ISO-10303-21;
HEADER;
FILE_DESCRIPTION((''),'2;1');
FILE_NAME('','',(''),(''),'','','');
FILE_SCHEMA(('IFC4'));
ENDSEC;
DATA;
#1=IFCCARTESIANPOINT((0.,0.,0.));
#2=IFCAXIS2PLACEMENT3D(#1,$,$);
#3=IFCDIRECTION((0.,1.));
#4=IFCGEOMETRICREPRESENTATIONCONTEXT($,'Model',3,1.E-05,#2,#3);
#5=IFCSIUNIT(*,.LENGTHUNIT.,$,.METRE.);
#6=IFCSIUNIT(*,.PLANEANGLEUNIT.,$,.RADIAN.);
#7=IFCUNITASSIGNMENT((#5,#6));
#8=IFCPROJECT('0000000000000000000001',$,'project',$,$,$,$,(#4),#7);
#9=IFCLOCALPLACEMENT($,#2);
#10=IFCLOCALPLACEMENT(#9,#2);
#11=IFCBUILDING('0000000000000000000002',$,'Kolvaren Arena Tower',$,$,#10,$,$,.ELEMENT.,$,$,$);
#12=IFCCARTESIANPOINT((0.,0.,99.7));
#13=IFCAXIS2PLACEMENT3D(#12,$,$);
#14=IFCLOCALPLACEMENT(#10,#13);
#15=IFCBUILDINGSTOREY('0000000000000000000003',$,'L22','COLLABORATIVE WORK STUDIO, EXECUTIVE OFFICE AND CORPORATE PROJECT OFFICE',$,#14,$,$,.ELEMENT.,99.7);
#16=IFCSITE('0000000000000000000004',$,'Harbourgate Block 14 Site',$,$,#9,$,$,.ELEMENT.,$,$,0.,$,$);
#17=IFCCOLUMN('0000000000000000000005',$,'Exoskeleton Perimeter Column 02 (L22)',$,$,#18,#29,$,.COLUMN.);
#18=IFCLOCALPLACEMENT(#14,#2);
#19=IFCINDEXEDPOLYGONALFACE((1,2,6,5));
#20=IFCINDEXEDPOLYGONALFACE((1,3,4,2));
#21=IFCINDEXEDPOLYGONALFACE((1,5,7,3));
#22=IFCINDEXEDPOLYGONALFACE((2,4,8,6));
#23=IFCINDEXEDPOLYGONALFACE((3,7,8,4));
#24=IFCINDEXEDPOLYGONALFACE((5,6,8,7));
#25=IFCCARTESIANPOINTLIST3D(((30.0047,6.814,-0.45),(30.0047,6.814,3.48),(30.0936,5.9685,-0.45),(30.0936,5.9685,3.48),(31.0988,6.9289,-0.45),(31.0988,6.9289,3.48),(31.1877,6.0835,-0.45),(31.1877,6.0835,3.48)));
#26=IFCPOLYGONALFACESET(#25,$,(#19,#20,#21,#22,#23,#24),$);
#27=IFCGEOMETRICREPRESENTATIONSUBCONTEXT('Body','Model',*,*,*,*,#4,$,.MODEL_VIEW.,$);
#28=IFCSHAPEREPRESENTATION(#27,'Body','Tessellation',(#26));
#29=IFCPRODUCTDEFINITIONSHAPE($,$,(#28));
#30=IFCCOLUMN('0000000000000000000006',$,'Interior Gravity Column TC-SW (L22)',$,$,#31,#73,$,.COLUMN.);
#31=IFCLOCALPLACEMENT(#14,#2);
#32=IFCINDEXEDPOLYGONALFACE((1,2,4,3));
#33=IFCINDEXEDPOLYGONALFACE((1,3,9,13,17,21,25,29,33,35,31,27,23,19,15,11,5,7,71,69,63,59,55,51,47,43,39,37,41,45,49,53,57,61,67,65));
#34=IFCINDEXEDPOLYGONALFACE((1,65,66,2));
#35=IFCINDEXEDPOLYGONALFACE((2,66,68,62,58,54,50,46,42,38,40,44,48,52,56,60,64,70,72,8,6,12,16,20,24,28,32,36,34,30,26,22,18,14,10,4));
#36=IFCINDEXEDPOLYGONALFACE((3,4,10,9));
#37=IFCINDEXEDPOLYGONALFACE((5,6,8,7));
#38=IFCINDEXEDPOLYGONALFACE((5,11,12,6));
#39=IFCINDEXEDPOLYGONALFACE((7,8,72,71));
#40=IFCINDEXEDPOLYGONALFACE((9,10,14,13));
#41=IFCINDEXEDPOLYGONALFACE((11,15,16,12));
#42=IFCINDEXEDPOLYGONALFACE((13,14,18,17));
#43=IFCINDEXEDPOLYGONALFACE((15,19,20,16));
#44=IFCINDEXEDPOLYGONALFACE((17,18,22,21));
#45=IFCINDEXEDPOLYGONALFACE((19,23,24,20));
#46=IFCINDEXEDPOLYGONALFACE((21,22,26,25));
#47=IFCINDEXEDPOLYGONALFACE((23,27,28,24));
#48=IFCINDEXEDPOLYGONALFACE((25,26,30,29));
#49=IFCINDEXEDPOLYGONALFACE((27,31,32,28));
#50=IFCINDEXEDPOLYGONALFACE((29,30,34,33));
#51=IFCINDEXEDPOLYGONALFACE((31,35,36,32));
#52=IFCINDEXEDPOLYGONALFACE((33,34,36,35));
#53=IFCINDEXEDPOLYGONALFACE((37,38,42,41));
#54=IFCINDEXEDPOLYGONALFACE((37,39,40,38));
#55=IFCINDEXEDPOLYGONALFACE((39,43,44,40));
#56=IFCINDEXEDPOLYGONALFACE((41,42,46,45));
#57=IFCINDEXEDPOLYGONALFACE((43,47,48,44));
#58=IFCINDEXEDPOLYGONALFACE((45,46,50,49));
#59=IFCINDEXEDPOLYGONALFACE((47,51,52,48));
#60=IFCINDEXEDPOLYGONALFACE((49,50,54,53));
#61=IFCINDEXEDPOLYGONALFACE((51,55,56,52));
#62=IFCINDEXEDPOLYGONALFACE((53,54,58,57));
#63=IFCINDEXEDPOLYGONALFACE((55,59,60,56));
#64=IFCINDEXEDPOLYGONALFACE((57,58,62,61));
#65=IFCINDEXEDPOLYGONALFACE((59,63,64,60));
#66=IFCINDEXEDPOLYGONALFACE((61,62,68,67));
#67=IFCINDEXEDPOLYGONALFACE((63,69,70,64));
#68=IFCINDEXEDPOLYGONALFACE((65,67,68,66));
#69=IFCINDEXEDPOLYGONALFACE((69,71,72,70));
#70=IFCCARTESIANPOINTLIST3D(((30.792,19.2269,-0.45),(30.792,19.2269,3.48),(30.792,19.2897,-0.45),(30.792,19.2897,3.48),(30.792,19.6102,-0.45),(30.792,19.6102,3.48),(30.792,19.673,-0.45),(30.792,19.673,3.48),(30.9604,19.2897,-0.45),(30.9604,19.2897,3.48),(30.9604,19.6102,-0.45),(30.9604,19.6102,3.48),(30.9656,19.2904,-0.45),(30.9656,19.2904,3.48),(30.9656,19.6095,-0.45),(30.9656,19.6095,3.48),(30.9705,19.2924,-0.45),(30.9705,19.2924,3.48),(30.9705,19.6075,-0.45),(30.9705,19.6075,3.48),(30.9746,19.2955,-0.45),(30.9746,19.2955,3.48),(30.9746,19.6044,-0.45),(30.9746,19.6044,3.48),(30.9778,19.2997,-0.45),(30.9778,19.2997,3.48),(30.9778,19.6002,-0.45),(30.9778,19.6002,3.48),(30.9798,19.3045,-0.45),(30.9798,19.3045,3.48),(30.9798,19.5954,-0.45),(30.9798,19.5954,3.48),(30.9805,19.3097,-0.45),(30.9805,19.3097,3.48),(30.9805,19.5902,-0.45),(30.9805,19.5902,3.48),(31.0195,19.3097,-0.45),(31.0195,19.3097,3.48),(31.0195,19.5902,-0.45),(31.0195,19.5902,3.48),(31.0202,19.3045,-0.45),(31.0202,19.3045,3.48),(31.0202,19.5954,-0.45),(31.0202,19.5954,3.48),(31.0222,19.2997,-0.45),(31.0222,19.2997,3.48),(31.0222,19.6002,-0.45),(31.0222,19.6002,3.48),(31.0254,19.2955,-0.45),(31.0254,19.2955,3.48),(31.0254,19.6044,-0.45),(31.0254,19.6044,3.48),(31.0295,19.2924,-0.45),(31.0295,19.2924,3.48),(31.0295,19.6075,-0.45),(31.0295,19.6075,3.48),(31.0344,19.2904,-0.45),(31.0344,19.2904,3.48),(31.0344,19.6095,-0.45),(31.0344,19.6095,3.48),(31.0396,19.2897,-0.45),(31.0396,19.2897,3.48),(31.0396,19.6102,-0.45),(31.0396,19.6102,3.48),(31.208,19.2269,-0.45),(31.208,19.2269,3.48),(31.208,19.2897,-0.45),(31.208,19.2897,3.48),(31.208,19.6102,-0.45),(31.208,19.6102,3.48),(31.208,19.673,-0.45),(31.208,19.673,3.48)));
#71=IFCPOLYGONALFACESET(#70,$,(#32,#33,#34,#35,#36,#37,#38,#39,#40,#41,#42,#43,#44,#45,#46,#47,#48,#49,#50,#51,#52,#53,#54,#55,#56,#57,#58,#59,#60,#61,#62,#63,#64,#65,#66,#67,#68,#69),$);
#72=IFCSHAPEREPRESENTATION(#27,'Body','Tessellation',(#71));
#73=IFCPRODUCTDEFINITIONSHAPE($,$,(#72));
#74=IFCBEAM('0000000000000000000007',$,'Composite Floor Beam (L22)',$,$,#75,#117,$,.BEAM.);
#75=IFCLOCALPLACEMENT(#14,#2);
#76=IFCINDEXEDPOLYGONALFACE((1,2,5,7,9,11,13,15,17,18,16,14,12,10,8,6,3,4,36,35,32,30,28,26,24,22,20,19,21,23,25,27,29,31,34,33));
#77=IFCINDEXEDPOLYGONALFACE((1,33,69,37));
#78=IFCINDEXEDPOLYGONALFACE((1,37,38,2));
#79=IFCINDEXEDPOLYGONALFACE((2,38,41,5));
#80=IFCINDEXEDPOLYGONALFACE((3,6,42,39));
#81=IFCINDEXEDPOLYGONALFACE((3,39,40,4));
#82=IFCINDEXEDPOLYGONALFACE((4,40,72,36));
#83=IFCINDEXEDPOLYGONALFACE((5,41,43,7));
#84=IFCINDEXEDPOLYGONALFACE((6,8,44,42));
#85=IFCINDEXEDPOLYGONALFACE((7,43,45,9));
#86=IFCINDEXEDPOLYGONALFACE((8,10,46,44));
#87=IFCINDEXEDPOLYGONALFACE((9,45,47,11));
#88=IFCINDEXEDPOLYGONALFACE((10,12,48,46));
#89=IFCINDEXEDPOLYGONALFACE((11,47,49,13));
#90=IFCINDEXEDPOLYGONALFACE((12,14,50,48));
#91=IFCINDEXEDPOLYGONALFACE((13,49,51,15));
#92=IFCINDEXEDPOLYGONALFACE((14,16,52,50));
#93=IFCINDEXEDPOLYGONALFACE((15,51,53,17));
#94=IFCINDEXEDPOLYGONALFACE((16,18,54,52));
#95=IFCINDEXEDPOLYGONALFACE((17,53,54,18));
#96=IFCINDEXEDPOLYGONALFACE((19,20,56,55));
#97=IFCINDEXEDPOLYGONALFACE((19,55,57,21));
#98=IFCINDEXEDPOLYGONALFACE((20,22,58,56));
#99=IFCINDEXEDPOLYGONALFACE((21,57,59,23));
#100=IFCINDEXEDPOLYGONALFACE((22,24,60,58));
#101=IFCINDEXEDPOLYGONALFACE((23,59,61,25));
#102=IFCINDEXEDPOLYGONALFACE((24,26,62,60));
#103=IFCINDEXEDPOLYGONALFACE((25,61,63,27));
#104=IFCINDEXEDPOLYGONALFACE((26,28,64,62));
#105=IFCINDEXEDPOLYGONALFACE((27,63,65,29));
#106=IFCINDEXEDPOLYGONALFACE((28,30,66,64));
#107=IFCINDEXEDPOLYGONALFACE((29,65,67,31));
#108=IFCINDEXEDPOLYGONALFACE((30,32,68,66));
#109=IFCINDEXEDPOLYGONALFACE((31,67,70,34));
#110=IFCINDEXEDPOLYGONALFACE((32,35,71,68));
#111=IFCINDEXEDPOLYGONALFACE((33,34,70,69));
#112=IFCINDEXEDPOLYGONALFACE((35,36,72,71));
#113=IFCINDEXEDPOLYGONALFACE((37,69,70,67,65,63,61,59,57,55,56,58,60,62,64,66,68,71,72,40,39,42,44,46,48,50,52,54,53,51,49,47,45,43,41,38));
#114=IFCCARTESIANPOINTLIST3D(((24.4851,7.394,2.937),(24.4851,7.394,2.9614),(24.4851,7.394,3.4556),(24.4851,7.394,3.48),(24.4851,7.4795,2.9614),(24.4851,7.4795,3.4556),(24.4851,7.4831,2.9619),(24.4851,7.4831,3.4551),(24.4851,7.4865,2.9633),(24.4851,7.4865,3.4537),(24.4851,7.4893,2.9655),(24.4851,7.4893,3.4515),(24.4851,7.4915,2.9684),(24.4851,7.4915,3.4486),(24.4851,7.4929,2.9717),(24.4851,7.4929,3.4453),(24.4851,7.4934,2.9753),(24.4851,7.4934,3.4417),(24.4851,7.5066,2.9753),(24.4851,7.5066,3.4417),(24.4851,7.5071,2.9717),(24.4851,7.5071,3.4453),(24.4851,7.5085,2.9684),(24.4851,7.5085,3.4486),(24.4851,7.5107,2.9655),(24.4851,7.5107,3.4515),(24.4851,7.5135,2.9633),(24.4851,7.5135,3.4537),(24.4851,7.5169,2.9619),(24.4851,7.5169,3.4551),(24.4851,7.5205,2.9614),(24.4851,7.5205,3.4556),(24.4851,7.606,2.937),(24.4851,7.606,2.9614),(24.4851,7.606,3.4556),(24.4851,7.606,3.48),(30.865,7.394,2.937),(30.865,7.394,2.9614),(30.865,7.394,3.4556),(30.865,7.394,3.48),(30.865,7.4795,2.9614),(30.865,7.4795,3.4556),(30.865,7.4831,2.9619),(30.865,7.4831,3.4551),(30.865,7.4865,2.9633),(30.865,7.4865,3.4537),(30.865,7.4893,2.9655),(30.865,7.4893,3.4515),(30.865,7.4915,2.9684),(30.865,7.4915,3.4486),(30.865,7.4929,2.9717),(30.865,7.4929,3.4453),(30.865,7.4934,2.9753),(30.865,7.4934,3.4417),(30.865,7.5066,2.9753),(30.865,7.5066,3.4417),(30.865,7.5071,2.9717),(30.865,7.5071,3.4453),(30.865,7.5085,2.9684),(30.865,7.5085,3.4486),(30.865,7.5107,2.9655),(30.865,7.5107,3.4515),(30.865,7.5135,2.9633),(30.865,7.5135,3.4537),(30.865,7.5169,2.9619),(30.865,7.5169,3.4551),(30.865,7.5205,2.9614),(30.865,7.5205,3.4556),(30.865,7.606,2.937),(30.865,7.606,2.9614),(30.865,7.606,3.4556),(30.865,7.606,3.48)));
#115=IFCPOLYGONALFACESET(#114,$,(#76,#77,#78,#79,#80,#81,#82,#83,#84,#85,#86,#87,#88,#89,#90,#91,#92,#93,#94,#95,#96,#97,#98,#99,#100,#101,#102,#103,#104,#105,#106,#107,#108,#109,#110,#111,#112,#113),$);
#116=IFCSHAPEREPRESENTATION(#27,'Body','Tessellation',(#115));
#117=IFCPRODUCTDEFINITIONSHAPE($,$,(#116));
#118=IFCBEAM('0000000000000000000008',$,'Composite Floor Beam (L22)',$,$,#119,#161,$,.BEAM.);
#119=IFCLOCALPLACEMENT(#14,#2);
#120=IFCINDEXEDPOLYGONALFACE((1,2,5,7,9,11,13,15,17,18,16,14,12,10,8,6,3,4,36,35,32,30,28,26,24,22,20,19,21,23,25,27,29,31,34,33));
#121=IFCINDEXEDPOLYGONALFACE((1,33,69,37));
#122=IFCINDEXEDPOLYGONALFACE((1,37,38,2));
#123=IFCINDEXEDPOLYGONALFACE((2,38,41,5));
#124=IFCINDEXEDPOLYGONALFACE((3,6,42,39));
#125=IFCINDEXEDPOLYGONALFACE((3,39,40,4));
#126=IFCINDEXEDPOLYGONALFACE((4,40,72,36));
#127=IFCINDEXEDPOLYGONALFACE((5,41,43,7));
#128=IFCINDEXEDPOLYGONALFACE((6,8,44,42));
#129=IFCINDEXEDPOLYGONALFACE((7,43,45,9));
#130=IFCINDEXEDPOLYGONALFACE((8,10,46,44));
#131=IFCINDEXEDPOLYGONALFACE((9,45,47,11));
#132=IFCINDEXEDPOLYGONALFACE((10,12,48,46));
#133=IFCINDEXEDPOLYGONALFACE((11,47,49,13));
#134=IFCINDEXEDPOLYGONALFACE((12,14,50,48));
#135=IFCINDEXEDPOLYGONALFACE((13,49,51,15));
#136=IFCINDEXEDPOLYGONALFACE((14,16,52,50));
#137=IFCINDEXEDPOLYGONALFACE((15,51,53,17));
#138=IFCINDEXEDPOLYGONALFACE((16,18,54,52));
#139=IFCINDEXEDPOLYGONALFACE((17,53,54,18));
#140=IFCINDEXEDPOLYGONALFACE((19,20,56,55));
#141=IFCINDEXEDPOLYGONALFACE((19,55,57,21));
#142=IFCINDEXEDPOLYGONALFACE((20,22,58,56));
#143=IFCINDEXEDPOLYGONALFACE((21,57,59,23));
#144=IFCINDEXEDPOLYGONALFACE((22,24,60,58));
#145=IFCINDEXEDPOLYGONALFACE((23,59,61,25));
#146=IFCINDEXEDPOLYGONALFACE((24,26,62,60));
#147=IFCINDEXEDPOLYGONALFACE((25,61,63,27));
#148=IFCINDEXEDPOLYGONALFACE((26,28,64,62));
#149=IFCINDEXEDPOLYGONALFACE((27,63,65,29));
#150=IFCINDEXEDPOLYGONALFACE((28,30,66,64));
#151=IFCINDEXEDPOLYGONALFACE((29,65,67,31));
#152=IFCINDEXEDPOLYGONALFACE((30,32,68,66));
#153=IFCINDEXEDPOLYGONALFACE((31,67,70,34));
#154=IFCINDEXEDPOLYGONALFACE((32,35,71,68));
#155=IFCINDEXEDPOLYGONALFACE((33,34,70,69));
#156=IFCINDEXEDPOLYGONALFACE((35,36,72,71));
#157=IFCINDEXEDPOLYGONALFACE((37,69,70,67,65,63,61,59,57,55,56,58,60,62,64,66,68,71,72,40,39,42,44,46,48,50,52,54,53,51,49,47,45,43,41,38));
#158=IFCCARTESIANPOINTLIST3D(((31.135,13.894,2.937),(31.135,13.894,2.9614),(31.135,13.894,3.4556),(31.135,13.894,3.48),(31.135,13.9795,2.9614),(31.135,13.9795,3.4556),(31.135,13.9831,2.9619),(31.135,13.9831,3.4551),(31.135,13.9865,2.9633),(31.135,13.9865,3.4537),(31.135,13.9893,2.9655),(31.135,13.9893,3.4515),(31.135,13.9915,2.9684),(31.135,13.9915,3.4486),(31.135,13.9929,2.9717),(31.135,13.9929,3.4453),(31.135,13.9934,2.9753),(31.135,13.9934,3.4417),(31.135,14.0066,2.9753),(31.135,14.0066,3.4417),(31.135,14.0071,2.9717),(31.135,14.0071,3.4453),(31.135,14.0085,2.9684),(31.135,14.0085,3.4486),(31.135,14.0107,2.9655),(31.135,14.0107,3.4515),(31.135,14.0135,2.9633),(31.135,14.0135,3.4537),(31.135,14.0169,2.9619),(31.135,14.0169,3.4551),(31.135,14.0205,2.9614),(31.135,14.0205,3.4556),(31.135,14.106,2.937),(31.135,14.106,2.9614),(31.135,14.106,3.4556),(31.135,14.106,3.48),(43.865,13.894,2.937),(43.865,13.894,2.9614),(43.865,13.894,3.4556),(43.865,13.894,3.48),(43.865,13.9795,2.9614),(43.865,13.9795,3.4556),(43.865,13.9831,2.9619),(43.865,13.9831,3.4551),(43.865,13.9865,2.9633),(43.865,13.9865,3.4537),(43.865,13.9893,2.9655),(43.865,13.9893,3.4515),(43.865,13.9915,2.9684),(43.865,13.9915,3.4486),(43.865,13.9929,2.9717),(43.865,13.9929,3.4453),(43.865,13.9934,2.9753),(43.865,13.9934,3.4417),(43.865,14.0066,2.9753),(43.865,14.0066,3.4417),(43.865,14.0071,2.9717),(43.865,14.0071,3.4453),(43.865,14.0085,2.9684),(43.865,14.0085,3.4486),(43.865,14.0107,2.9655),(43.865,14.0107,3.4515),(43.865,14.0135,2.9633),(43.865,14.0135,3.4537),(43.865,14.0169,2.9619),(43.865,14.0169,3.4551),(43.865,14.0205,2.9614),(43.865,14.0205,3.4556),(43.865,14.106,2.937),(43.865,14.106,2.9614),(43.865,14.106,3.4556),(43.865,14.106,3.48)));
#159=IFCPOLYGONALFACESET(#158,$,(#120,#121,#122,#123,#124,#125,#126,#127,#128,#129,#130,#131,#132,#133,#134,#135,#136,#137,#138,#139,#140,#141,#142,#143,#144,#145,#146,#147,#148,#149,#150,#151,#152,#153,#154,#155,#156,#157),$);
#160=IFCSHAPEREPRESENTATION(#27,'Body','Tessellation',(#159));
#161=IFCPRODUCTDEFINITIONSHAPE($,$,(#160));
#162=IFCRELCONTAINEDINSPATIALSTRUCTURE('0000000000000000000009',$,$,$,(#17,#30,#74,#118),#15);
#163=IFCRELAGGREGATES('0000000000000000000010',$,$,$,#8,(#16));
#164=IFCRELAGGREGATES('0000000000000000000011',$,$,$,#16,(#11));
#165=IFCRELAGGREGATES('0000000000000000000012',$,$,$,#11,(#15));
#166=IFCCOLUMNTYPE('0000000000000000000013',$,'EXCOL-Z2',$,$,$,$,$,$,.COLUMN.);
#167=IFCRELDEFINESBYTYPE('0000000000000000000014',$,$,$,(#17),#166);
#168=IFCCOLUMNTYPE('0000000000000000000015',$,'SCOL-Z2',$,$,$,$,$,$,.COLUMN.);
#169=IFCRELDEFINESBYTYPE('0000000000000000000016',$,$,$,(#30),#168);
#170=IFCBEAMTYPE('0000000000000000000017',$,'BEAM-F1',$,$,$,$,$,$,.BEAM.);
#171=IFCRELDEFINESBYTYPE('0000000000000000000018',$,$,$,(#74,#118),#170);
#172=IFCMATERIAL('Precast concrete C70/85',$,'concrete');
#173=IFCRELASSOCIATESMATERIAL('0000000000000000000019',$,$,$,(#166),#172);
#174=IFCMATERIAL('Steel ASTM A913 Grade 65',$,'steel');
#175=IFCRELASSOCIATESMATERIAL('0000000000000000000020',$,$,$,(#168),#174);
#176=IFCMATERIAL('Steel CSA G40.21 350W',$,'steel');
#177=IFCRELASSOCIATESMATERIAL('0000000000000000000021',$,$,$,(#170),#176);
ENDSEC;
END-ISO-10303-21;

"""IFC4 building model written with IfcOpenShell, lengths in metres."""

from ifc_helpers import new_model, si_unit, direction, frame, origin, origin_2d, place, context, subcontext, project, spatial, rectangle, i_section, extrude, material, material_profile, profile_set, type_object, element, save


model = new_model("IFC4")

# Units and contexts
model_context = context("Model", 3, precision=1e-05, world=origin(), true_north=direction((0.0, 1.0)))
body_context = subcontext(model_context, "Body", "Model", "MODEL_VIEW")
ifc_project = project(units=[si_unit("LENGTHUNIT", "METRE"), si_unit("PLANEANGLEUNIT", "RADIAN")], contexts=[model_context])

# Site, building, storey
site_placement = place(None, origin())
site = spatial("IfcSite", under=ifc_project, at=site_placement, Name="Harbourgate Block 14 Site", CompositionType="ELEMENT", RefElevation=0.0)
building_placement = place(site_placement, origin())
building = spatial("IfcBuilding", under=site, at=building_placement, Name="Kolvaren Arena Tower", CompositionType="ELEMENT")
storey_placement = place(building_placement, frame((0.0, 0.0, 99.7)))
storey = spatial("IfcBuildingStorey", under=building, at=storey_placement, Name="L22", Description="COLLABORATIVE WORK STUDIO, EXECUTIVE OFFICE AND CORPORATE PROJECT OFFICE", CompositionType="ELEMENT", Elevation=99.7)

# Columns
ifc_material_1 = material(Name="Precast concrete C70/85", Category="concrete")
ifc_material_profile_1 = material_profile(ifc_material_1, rectangle(XDim=1.1001, YDim=0.8501, at=origin_2d()), Name="RC-1100x850")
ifc_profile_set_1 = profile_set([ifc_material_profile_1], Name="Precast concrete C70/85")
column_type_1 = type_object("IfcColumnType", Name="EXCOL-Z2", PredefinedType="COLUMN", material=ifc_profile_set_1)
column_1_placement = place(storey_placement, frame((30.5962, 6.4487, -0.45), z_axis=(0.0, 0.0, 1.0), x_axis=(0.994522, 0.104528, 0.0)))
element("IfcColumn", 1, at=column_1_placement, inside=storey, type_object=column_type_1, Name="Exoskeleton Perimeter Column 02 (L22)", PredefinedType="COLUMN", context=body_context, shape_type="SweptSolid", body=[
    extrude(rectangle(XDim=1.1001, YDim=0.8501, at=origin_2d()), origin(), (0.0, 0.0, 1.0), 3.9299),
])
ifc_material_2 = material(Name="Steel ASTM A913 Grade 65", Category="steel")
ifc_material_profile_2 = material_profile(ifc_material_2, i_section(OverallWidth=0.416, OverallDepth=0.446, WebThickness=0.0391, FlangeThickness=0.0627, FilletRadius=0.02, at=origin_2d()), Name="W360x509")
ifc_profile_set_2 = profile_set([ifc_material_profile_2], Name="Steel ASTM A913 Grade 65")
column_type_2 = type_object("IfcColumnType", Name="SCOL-Z2", PredefinedType="COLUMN", material=ifc_profile_set_2)
column_2_placement = place(storey_placement, frame((31.0, 19.45, -0.45), z_axis=(0.0, 0.0, 1.0), x_axis=(1.0, 0.0, 0.0)))
element("IfcColumn", 2, at=column_2_placement, inside=storey, type_object=column_type_2, Name="Interior Gravity Column TC-SW (L22)", PredefinedType="COLUMN", context=body_context, shape_type="SweptSolid", body=[
    extrude(i_section(OverallWidth=0.416, OverallDepth=0.446, WebThickness=0.0391, FlangeThickness=0.0627, FilletRadius=0.02, at=origin_2d()), origin(), (0.0, 0.0, 1.0), 3.9299),
])

# Beams
ifc_material_3 = material(Name="Steel CSA G40.21 350W", Category="steel")
ifc_material_profile_3 = material_profile(ifc_material_3, i_section(OverallWidth=0.2119, OverallDepth=0.543, WebThickness=0.0132, FlangeThickness=0.0244, FilletRadius=0.0139, at=origin_2d()), Name="W530x150")
ifc_profile_set_3 = profile_set([ifc_material_profile_3], Name="Steel CSA G40.21 350W")
beam_type_1 = type_object("IfcBeamType", Name="BEAM-F1", PredefinedType="BEAM", material=ifc_profile_set_3)
beam_1_placement = place(storey_placement, frame((24.4851, 7.5, 3.2085), z_axis=(1.0, 0.0, 0.0), x_axis=(0.0, 1.0, 0.0)))
element("IfcBeam", 3, at=beam_1_placement, inside=storey, type_object=beam_type_1, Name="Composite Floor Beam (L22)", PredefinedType="BEAM", context=body_context, shape_type="SweptSolid", body=[
    extrude(i_section(OverallWidth=0.2119, OverallDepth=0.543, WebThickness=0.0132, FlangeThickness=0.0244, FilletRadius=0.0139, at=origin_2d()), origin(), (0.0, 0.0, 1.0), 6.3799),
])
beam_2_placement = place(storey_placement, frame((31.135, 14.0, 3.2085), z_axis=(1.0, 0.0, 0.0), x_axis=(0.0, 1.0, 0.0)))
element("IfcBeam", 4, at=beam_2_placement, inside=storey, type_object=beam_type_1, Name="Composite Floor Beam (L22)", PredefinedType="BEAM", context=body_context, shape_type="SweptSolid", body=[
    extrude(i_section(OverallWidth=0.2119, OverallDepth=0.543, WebThickness=0.0132, FlangeThickness=0.0244, FilletRadius=0.0139, at=origin_2d()), origin(), (0.0, 0.0, 1.0), 12.73),
])

save(model, "model.ifc")
